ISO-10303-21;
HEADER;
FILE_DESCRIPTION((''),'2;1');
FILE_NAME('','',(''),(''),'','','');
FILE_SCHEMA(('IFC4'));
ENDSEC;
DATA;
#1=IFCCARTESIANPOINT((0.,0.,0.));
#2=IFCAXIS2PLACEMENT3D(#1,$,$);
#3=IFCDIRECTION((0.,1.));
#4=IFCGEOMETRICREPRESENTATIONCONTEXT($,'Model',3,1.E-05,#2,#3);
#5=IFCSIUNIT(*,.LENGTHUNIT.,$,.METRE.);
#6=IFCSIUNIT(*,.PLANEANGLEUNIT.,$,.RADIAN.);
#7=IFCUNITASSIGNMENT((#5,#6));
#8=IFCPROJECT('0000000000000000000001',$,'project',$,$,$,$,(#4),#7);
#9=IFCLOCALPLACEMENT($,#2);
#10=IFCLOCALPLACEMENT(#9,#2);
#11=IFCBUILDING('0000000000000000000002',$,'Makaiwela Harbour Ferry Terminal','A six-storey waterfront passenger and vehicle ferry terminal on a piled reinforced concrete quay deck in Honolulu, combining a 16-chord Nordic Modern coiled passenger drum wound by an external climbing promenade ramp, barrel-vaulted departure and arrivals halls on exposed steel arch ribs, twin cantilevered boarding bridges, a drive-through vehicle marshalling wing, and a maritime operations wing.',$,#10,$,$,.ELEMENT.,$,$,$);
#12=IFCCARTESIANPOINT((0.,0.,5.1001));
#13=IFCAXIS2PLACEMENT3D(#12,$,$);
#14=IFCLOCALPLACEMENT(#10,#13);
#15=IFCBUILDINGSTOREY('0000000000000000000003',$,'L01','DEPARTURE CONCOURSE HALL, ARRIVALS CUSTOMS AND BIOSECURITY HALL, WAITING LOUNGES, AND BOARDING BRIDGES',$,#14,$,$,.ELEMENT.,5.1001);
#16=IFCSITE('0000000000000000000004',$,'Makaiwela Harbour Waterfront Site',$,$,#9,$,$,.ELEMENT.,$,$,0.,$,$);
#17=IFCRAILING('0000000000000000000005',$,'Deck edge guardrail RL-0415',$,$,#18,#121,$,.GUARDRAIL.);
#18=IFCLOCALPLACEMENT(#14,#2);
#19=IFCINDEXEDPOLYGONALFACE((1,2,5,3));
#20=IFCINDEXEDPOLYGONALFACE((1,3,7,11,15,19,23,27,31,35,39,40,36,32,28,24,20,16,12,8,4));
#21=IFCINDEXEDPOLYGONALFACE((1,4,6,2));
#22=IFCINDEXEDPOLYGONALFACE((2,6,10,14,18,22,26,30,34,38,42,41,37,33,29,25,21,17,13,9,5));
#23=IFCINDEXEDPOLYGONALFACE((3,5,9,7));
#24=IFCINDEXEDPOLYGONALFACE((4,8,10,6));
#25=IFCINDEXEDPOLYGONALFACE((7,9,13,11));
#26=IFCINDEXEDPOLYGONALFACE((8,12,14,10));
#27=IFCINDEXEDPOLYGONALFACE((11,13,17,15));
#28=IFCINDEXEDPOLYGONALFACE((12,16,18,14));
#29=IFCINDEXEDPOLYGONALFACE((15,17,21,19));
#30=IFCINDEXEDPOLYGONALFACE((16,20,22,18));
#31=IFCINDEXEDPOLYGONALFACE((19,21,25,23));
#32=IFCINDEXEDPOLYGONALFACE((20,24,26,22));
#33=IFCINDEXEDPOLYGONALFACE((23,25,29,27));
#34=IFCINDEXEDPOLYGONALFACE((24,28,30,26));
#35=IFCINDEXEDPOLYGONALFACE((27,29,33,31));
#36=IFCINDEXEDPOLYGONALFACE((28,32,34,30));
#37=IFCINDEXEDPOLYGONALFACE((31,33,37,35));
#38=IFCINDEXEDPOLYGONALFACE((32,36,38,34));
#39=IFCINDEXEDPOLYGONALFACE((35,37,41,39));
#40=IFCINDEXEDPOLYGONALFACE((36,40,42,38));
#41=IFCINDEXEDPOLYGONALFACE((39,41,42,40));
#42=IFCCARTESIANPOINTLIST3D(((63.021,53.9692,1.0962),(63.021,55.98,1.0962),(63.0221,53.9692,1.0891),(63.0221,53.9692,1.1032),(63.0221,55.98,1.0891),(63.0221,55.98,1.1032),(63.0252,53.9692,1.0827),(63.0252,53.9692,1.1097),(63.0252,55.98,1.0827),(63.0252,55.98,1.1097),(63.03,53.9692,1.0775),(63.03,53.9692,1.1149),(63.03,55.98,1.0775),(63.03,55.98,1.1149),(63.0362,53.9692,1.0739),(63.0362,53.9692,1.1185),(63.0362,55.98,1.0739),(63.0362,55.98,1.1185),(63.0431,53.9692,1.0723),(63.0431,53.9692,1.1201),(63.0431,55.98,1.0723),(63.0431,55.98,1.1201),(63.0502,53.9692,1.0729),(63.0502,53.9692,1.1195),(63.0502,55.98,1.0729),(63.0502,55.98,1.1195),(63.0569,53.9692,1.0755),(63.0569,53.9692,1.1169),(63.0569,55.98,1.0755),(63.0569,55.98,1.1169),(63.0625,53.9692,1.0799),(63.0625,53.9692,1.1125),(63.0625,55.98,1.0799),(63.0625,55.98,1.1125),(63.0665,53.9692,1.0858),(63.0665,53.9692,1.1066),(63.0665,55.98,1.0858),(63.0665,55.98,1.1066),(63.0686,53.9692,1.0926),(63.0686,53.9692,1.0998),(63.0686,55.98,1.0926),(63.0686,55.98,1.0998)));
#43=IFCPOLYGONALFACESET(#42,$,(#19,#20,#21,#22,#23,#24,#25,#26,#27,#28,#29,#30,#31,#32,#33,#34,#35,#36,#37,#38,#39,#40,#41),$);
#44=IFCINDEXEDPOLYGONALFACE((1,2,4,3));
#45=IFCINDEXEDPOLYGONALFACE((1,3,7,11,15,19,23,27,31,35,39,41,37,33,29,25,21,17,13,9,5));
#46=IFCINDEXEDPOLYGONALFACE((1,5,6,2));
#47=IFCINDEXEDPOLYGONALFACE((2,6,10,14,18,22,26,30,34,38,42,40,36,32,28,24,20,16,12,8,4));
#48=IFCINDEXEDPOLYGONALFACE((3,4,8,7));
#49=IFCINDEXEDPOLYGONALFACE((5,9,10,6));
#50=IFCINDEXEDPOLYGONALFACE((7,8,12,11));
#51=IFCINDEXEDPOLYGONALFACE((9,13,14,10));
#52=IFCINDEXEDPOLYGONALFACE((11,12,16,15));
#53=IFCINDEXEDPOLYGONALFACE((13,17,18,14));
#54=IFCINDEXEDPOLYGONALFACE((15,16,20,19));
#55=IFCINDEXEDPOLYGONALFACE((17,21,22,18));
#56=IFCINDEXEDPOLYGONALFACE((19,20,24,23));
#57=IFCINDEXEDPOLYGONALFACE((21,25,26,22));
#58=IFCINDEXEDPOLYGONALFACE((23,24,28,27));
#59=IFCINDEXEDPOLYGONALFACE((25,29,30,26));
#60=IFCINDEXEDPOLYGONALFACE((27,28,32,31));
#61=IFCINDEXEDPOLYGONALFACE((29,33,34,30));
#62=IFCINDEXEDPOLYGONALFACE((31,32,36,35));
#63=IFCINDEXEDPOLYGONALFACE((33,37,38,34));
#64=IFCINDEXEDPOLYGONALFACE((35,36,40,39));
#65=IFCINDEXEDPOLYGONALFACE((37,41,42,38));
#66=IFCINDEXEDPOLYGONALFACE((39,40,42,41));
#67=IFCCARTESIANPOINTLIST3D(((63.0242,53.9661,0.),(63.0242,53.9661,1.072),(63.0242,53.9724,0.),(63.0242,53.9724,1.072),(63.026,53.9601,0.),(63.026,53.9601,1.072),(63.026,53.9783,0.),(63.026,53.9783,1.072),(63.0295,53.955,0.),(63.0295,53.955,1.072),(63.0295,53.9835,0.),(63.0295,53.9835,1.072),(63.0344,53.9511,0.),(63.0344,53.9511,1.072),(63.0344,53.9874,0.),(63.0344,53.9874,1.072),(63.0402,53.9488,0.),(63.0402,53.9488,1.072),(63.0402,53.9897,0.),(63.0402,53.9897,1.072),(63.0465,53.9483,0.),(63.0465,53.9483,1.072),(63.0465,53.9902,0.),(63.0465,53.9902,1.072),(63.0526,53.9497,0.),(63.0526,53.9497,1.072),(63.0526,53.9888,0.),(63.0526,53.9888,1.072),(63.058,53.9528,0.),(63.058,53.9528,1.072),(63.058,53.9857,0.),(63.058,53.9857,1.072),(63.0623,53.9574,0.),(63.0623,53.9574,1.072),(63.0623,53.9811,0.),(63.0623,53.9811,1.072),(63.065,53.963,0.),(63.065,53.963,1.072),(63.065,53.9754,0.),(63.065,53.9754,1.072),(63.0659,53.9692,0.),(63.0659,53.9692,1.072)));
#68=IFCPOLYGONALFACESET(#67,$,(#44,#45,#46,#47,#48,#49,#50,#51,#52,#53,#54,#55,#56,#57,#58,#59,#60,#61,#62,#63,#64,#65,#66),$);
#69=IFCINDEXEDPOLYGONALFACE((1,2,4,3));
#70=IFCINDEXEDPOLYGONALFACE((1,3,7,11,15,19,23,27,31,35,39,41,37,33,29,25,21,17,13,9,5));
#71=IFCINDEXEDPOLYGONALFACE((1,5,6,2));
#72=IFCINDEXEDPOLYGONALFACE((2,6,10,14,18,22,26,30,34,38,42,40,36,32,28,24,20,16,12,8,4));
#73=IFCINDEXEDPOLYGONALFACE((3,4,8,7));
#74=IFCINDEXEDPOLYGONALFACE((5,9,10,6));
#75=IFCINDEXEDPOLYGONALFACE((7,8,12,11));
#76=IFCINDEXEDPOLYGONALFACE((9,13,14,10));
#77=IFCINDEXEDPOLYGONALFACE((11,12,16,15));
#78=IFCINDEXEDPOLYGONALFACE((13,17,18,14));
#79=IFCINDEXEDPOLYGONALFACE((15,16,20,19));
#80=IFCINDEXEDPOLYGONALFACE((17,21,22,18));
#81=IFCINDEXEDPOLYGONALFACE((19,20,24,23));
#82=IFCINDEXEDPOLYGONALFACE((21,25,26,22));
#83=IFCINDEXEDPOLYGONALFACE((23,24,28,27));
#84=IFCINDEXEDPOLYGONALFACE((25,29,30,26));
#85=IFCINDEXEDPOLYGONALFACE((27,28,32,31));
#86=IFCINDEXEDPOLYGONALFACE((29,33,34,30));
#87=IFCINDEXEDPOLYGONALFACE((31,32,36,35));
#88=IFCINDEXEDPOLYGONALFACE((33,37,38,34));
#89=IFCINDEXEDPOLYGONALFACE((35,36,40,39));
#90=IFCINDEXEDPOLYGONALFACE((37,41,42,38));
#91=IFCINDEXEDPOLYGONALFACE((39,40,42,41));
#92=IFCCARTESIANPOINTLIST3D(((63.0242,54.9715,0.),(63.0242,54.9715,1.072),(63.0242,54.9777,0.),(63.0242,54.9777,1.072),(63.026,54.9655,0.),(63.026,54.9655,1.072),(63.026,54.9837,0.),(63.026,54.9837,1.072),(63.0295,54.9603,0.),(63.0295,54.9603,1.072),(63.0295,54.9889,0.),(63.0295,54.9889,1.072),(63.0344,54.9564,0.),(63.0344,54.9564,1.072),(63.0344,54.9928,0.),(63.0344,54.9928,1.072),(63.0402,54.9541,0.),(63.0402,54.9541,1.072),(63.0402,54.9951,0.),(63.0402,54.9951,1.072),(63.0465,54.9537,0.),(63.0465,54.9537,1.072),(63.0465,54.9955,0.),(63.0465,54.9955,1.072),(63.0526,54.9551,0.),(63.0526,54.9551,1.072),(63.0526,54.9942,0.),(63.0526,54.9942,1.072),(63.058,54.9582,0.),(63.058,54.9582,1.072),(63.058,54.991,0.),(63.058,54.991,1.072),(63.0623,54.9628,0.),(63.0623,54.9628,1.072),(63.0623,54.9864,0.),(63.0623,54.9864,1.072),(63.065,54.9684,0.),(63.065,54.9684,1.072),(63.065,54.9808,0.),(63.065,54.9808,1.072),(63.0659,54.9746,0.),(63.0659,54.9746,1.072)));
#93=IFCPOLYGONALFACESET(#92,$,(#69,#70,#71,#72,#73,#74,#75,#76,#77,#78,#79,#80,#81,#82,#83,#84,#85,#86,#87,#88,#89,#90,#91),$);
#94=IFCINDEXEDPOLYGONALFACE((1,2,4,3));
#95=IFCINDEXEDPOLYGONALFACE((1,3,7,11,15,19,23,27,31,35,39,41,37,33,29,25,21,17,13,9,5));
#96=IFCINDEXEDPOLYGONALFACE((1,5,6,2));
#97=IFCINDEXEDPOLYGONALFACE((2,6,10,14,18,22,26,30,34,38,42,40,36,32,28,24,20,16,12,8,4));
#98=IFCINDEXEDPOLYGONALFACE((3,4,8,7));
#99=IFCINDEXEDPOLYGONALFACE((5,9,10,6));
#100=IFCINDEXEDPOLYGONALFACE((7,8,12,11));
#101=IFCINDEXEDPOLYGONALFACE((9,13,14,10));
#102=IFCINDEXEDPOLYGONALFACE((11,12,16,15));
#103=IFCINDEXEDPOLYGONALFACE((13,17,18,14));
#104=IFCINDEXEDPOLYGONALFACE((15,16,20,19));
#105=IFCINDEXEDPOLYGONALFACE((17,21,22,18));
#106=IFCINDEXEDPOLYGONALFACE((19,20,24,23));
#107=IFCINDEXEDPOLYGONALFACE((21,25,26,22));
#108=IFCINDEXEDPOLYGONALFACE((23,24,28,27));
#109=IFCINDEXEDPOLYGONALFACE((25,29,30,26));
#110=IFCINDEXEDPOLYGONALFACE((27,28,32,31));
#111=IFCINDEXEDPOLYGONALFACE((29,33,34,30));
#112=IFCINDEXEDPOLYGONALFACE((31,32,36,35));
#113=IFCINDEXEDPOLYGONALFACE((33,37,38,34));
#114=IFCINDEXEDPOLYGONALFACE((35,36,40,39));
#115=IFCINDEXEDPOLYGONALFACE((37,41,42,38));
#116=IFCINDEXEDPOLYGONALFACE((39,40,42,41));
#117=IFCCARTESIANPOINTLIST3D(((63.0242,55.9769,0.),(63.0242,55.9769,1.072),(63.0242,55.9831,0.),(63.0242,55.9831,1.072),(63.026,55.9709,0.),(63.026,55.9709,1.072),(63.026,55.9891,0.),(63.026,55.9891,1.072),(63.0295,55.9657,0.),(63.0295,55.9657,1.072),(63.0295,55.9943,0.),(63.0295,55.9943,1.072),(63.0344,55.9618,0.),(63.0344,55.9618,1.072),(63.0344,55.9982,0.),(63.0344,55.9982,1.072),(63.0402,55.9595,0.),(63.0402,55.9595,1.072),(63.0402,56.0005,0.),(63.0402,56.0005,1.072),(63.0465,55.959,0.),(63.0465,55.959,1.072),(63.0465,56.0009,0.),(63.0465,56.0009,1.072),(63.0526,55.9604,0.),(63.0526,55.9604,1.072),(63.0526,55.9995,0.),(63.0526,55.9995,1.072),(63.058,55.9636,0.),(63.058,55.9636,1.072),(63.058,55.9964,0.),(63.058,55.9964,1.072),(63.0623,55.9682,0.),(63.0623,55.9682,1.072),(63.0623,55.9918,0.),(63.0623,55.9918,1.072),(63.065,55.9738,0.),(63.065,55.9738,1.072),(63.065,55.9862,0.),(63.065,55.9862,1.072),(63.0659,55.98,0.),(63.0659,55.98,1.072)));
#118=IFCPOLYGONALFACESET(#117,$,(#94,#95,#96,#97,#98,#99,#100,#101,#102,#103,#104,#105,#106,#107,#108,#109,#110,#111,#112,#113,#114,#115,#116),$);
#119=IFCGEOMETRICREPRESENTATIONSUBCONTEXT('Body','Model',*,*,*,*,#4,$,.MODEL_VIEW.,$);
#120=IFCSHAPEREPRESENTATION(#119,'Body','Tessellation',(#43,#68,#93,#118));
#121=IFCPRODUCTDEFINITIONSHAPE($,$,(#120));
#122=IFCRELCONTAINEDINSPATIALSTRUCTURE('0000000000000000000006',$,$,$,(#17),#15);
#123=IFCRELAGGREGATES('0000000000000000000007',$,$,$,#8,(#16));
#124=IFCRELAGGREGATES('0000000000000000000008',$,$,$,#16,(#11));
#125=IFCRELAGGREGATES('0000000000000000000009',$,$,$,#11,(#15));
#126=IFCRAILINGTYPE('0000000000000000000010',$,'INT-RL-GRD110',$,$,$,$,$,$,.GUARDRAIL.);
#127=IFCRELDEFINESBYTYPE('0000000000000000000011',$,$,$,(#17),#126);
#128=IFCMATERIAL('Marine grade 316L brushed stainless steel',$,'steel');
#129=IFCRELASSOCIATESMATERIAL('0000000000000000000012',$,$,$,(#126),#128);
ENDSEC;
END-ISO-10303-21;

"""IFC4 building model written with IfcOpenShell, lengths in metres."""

from ifc_helpers import new_model, si_unit, direction, frame, origin, origin_2d, place, context, subcontext, project, spatial, circle, extrude, material, type_object, element, save


model = new_model("IFC4")

# Units and contexts
model_context = context("Model", 3, precision=1e-05, world=origin(), true_north=direction((0.0, 1.0)))
body_context = subcontext(model_context, "Body", "Model", "MODEL_VIEW")
ifc_project = project(units=[si_unit("LENGTHUNIT", "METRE"), si_unit("PLANEANGLEUNIT", "RADIAN")], contexts=[model_context])

# Site, building, storey
site_placement = place(None, origin())
site = spatial("IfcSite", under=ifc_project, at=site_placement, Name="Makaiwela Harbour Waterfront Site", CompositionType="ELEMENT", RefElevation=0.0)
building_placement = place(site_placement, origin())
building = spatial("IfcBuilding", under=site, at=building_placement, Name="Makaiwela Harbour Ferry Terminal", Description="A six-storey waterfront passenger and vehicle ferry terminal on a piled reinforced concrete quay deck in Honolulu, combining a 16-chord Nordic Modern coiled passenger drum wound by an external climbing promenade ramp, barrel-vaulted departure and arrivals halls on exposed steel arch ribs, twin cantilevered boarding bridges, a drive-through vehicle marshalling wing, and a maritime operations wing.", CompositionType="ELEMENT")
storey_placement = place(building_placement, frame((0.0, 0.0, 5.1001)))
storey = spatial("IfcBuildingStorey", under=building, at=storey_placement, Name="L01", Description="DEPARTURE CONCOURSE HALL, ARRIVALS CUSTOMS AND BIOSECURITY HALL, WAITING LOUNGES, AND BOARDING BRIDGES", CompositionType="ELEMENT", Elevation=5.1001)

# Shared definitions
ifc_material_1 = material(Name="Marine grade 316L brushed stainless steel", Category="steel")

# Railing
railing_type_1 = type_object("IfcRailingType", Name="INT-RL-GRD110", PredefinedType="GUARDRAIL", material=ifc_material_1)
for number, where, name in (
    (1, (63.0449, 53.9692, 0.0), "Deck edge guardrail RL-0415"),
):
    element("IfcRailing", number, at=place(storey_placement, frame(where)), inside=storey, type_object=railing_type_1, Name=name, PredefinedType="GUARDRAIL", context=body_context, shape_type="SweptSolid", body=[
        extrude(circle(Radius=0.0239, at=origin_2d()), frame((0.0, 0.0, 1.0962), z_axis=(0.0, 1.0, 0.0), x_axis=(-1.0, 0.0, 0.0)), (0.0, 0.0, 1.0), 2.0107),
        extrude(circle(Radius=0.021, at=origin_2d()), origin(), (0.0, 0.0, 1.0), 1.072),
        extrude(circle(Radius=0.021, at=origin_2d()), frame((0.0, 1.0054, 0.0)), (0.0, 0.0, 1.0), 1.072),
        extrude(circle(Radius=0.021, at=origin_2d()), frame((0.0, 2.0107, 0.0)), (0.0, 0.0, 1.0), 1.072),
    ])

save(model, "model.ifc")
